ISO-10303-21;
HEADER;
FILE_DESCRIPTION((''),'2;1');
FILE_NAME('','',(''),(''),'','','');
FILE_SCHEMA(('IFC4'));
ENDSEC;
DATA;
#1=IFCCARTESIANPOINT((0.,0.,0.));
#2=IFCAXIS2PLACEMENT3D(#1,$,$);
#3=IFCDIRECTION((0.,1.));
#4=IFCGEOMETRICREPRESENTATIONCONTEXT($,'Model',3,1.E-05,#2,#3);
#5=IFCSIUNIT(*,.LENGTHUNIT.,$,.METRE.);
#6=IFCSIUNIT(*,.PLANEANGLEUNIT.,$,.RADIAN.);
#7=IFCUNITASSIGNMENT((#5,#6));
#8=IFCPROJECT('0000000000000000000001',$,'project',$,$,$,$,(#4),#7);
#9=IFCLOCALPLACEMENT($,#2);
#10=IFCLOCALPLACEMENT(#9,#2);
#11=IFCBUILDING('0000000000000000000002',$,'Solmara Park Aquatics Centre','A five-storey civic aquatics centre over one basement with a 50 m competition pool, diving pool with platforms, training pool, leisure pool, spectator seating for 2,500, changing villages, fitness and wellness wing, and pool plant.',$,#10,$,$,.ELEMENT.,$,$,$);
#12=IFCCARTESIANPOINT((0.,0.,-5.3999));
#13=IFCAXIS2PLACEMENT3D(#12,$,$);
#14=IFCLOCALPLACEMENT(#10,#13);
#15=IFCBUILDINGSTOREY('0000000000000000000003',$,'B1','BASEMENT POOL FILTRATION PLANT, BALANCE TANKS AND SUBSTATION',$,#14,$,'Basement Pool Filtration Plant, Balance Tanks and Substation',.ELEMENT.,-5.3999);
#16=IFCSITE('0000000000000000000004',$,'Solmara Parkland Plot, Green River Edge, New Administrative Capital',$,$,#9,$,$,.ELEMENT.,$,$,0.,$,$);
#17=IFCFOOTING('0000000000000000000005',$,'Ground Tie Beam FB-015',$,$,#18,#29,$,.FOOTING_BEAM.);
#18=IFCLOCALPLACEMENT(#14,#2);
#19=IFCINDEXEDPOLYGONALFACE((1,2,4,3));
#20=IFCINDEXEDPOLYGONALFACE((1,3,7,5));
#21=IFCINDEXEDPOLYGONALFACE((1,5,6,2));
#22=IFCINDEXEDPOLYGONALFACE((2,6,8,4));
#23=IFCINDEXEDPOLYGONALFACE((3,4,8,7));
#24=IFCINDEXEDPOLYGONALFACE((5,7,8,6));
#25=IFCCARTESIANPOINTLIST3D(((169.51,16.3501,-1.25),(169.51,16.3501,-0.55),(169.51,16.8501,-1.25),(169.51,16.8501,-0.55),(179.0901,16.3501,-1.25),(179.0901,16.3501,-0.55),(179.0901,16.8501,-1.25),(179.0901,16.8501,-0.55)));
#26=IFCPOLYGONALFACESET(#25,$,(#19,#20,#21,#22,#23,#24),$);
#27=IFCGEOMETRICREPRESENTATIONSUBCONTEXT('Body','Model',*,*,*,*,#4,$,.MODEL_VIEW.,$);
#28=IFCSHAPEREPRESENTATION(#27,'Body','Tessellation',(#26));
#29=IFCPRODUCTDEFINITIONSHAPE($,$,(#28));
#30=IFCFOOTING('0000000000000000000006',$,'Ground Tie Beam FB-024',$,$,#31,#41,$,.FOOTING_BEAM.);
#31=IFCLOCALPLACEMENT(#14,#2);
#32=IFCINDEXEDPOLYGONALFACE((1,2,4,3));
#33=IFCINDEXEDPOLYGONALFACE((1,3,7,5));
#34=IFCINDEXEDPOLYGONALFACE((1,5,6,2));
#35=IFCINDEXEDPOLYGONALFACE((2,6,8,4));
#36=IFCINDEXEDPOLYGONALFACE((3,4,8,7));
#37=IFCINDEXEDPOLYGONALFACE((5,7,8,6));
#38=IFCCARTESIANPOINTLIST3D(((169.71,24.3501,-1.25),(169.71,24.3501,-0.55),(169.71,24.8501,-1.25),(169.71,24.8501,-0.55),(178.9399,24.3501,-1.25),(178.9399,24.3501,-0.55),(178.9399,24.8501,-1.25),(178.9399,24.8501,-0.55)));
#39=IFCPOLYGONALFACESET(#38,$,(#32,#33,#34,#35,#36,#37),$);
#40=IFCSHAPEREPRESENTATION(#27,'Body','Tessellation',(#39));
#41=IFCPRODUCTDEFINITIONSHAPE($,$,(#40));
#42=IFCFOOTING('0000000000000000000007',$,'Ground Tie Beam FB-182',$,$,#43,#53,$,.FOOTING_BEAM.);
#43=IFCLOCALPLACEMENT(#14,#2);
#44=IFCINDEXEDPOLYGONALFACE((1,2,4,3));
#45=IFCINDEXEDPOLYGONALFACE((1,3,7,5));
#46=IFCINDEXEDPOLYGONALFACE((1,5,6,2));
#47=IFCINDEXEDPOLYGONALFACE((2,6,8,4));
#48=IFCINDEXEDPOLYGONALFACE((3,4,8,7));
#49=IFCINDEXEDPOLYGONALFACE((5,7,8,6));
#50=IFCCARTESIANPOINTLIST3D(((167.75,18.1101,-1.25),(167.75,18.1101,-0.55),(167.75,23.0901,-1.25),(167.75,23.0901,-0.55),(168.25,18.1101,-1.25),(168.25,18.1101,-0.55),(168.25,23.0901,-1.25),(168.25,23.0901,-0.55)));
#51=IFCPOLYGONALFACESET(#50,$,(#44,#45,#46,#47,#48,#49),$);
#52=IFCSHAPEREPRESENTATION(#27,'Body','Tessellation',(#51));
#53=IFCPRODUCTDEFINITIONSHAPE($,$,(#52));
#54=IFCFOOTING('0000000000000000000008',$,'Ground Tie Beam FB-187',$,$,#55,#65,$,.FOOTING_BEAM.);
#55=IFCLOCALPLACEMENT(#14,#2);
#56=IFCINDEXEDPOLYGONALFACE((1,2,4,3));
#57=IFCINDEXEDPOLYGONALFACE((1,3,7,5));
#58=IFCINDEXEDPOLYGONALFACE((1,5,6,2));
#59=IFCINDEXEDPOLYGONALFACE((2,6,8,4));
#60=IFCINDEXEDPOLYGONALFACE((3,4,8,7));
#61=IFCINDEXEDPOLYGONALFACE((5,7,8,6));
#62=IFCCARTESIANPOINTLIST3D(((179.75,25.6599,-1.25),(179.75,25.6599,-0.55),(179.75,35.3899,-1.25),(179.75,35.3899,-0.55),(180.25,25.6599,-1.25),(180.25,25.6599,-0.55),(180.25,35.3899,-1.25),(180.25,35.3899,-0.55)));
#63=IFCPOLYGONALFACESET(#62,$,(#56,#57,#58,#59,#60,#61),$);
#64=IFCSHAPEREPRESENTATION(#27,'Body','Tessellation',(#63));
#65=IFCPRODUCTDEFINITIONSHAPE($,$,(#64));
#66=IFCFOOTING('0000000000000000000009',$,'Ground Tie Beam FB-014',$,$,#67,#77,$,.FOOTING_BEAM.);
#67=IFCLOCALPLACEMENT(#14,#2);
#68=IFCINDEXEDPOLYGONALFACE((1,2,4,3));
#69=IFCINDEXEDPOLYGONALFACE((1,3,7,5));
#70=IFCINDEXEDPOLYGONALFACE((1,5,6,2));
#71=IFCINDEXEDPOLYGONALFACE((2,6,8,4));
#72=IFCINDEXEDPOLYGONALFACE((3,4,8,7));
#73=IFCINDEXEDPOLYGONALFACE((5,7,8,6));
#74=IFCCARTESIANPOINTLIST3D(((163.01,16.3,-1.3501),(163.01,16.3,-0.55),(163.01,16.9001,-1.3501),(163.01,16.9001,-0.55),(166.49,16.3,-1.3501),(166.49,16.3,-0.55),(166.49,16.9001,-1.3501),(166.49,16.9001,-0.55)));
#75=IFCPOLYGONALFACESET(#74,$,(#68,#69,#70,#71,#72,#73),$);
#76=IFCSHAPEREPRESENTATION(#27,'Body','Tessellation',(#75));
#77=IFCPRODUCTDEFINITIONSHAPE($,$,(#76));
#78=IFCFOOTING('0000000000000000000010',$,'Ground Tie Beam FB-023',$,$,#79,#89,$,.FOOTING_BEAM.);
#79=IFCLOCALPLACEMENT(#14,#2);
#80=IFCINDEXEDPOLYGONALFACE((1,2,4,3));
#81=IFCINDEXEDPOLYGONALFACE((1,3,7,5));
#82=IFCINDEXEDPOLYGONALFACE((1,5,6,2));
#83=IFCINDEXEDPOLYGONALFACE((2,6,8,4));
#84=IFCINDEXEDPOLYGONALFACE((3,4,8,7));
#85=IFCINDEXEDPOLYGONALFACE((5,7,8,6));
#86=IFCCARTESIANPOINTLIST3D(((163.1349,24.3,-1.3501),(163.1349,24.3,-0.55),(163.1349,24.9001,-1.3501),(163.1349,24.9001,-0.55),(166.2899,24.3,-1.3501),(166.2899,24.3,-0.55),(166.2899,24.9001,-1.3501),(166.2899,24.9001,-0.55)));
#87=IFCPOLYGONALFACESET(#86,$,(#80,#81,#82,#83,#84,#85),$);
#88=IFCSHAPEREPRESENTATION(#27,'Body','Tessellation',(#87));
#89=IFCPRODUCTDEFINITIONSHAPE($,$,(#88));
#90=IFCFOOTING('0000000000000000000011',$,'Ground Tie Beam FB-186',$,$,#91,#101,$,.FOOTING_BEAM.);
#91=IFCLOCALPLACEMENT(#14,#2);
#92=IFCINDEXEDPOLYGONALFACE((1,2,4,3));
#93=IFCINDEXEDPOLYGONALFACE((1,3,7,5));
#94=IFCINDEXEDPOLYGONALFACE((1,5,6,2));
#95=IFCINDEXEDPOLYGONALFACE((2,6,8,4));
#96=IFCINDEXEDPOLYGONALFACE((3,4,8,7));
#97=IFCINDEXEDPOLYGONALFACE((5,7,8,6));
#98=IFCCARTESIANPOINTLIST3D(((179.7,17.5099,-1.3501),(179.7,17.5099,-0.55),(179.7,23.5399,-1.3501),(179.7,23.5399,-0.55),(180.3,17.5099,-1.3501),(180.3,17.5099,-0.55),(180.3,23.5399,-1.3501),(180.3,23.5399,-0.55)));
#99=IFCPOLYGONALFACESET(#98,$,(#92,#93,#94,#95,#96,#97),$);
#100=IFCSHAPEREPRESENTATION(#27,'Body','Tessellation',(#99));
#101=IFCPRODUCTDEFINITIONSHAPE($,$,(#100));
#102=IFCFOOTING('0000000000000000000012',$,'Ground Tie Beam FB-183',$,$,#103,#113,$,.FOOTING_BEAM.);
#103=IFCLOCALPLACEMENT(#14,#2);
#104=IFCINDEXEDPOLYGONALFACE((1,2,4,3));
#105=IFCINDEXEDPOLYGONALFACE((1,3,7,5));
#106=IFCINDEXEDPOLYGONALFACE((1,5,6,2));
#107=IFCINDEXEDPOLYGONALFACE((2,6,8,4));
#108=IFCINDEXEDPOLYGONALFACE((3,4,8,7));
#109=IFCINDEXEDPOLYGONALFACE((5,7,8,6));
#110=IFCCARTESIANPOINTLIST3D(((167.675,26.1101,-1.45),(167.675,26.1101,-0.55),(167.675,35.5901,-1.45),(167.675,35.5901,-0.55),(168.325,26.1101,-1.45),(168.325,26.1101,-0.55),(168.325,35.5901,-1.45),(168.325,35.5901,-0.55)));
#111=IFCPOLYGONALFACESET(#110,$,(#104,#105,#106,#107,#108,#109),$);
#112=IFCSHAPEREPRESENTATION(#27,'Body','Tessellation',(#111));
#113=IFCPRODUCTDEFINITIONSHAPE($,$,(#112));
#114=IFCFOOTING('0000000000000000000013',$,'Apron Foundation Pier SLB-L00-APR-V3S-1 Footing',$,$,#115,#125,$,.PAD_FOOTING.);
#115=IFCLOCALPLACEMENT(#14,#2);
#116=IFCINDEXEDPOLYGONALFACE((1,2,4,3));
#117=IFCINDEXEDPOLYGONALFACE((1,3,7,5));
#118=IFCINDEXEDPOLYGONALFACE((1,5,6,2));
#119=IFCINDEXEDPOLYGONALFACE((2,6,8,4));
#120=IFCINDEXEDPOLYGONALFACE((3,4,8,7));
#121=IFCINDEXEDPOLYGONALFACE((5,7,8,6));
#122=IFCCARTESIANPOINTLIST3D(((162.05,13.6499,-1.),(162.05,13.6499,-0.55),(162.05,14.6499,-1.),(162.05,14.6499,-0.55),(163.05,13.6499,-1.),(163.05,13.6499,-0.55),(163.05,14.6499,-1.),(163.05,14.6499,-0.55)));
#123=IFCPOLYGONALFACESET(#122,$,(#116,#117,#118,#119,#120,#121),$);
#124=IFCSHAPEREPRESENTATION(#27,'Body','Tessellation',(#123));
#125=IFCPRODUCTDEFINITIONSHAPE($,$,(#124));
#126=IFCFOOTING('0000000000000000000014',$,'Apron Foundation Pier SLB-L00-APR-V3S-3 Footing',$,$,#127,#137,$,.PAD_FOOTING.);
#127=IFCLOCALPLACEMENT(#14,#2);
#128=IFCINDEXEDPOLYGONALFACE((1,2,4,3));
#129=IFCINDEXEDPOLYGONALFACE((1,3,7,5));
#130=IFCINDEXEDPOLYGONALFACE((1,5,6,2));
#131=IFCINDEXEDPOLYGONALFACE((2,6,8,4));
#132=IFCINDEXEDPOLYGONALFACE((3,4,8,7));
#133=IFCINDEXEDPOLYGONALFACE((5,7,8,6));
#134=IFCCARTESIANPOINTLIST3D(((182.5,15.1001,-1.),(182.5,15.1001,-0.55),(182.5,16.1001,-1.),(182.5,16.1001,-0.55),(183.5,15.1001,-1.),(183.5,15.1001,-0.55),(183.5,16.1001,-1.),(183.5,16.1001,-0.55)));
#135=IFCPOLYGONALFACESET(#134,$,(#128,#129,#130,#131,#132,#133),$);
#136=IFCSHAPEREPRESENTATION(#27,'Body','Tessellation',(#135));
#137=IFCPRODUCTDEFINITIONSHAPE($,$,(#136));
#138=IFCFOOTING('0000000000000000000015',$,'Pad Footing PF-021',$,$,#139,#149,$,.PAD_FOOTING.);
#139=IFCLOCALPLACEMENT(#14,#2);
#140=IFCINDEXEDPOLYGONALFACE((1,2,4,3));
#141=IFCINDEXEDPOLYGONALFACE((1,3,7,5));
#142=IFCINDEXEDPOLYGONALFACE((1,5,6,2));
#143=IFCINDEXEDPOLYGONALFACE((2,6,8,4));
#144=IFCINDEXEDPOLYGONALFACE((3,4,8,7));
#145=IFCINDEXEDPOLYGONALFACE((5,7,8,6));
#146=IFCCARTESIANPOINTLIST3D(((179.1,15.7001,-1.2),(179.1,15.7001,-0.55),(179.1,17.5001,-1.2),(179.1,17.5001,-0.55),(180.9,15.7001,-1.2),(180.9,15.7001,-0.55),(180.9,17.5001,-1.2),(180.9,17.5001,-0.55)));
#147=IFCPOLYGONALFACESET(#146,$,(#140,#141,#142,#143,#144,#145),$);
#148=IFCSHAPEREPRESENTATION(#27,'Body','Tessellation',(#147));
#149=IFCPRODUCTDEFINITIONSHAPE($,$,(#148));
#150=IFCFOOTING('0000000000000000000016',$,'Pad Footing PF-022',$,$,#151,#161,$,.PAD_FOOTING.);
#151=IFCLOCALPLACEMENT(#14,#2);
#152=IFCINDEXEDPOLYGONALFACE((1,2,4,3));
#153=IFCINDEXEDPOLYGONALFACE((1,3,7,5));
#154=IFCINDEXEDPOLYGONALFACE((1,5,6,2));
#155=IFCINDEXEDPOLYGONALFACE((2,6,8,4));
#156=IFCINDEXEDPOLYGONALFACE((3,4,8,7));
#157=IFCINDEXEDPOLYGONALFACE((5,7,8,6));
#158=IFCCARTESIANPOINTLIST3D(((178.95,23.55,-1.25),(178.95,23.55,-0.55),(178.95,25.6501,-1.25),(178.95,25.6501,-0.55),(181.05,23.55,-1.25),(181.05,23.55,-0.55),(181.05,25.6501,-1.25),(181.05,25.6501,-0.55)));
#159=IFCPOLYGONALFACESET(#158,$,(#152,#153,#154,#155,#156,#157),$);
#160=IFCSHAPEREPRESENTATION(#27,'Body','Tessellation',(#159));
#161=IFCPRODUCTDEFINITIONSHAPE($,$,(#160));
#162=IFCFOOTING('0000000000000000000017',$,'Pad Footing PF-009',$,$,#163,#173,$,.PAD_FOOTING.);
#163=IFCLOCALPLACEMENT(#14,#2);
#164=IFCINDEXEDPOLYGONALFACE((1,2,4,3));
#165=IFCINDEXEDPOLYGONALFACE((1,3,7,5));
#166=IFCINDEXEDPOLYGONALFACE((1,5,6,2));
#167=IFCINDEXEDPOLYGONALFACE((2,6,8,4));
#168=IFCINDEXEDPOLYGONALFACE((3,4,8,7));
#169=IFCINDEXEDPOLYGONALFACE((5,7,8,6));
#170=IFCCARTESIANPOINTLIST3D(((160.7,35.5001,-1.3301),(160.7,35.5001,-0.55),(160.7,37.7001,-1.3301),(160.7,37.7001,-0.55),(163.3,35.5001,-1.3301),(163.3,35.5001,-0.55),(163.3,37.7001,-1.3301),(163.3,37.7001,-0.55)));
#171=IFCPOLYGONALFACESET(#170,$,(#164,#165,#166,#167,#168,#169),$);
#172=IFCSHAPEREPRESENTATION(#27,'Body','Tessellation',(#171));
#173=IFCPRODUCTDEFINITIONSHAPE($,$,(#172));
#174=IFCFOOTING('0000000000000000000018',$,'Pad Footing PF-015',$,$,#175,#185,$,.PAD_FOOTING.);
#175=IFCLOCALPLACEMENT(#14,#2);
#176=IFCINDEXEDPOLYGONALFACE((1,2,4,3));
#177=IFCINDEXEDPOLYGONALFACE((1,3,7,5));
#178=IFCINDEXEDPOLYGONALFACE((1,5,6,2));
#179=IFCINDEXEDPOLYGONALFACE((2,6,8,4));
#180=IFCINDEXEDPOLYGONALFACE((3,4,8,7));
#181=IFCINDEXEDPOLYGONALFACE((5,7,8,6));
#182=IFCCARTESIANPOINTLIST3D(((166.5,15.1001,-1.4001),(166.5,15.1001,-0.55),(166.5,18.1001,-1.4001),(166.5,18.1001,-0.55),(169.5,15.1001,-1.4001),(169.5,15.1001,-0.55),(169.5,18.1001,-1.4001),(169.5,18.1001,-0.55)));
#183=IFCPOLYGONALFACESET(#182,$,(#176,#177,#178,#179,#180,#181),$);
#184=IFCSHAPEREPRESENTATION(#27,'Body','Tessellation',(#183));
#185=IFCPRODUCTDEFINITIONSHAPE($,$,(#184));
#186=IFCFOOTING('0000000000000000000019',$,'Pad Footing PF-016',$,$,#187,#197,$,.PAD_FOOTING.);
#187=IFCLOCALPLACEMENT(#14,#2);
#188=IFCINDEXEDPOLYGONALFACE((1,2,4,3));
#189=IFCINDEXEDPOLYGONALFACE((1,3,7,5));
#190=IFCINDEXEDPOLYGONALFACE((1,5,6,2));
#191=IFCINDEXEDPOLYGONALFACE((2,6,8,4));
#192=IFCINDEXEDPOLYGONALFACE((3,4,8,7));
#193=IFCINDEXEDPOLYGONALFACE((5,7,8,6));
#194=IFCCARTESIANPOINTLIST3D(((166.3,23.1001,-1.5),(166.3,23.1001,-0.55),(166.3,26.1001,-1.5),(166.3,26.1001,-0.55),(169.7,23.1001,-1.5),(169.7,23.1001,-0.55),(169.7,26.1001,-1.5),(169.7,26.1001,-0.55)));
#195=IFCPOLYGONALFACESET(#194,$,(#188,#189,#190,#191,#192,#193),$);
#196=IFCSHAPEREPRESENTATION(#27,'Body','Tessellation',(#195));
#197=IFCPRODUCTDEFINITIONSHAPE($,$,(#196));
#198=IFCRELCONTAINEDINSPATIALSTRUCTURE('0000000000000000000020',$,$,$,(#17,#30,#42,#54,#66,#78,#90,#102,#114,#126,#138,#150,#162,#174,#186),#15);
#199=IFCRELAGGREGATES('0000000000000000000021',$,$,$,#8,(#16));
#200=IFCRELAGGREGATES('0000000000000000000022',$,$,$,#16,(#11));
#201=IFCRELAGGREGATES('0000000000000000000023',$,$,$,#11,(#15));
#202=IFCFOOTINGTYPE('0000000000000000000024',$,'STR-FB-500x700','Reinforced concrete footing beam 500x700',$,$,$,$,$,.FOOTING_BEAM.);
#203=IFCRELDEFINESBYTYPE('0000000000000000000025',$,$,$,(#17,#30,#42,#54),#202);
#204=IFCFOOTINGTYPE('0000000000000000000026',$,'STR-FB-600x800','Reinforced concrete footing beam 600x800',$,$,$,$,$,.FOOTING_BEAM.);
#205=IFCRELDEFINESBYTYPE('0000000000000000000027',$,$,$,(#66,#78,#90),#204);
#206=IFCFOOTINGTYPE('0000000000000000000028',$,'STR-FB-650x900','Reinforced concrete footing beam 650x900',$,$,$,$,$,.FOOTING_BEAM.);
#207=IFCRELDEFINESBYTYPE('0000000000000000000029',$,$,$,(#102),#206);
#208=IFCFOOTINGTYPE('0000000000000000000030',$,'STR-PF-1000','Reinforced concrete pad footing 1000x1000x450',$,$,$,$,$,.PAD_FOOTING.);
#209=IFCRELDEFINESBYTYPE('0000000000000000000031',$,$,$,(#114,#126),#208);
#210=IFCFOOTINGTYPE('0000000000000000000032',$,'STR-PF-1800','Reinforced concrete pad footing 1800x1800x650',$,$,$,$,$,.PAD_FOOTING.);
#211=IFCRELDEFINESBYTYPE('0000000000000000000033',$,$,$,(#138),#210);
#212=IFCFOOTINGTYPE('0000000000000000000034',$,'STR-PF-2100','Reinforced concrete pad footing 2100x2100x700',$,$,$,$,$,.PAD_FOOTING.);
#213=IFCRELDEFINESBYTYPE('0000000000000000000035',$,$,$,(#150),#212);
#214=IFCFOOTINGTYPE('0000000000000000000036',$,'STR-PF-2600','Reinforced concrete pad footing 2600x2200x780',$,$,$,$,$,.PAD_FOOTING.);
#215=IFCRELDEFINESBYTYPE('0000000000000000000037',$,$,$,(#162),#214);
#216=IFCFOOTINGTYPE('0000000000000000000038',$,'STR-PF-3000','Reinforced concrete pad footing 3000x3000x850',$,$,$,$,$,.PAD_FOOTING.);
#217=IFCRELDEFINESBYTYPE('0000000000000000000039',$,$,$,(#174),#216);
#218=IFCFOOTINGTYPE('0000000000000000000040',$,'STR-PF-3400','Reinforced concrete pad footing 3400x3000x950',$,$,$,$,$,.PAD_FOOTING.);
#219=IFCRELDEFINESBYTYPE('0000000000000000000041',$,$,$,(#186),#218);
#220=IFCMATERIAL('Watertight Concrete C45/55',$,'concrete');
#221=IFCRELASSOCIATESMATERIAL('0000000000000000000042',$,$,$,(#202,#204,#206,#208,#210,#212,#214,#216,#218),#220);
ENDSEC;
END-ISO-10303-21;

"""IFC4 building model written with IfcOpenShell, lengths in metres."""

from ifc_helpers import new_model, si_unit, direction, frame, origin, origin_2d, place, context, subcontext, project, spatial, rectangle, extrude, material, type_object, element, save


model = new_model("IFC4")

# Units and contexts
model_context = context("Model", 3, precision=1e-05, world=origin(), true_north=direction((0.0, 1.0)))
body_context = subcontext(model_context, "Body", "Model", "MODEL_VIEW")
ifc_project = project(units=[si_unit("LENGTHUNIT", "METRE"), si_unit("PLANEANGLEUNIT", "RADIAN")], contexts=[model_context])

# Site, building, storey
site_placement = place(None, origin())
site = spatial("IfcSite", under=ifc_project, at=site_placement, Name="Solmara Parkland Plot, Green River Edge, New Administrative Capital", CompositionType="ELEMENT", RefElevation=0.0)
building_placement = place(site_placement, origin())
building = spatial("IfcBuilding", under=site, at=building_placement, Name="Solmara Park Aquatics Centre", Description="A five-storey civic aquatics centre over one basement with a 50 m competition pool, diving pool with platforms, training pool, leisure pool, spectator seating for 2,500, changing villages, fitness and wellness wing, and pool plant.", CompositionType="ELEMENT")
storey_placement = place(building_placement, frame((0.0, 0.0, -5.3999)))
storey = spatial("IfcBuildingStorey", under=building, at=storey_placement, Name="B1", Description="BASEMENT POOL FILTRATION PLANT, BALANCE TANKS AND SUBSTATION", LongName="Basement Pool Filtration Plant, Balance Tanks and Substation", CompositionType="ELEMENT", Elevation=-5.3999)

# Footings
ifc_material_1 = material(Name="Watertight Concrete C45/55", Category="concrete")
footing_type_1 = type_object("IfcFootingType", Name="STR-FB-500x700", Description="Reinforced concrete footing beam 500x700", PredefinedType="FOOTING_BEAM", material=ifc_material_1)
footing_1_placement = place(storey_placement, frame((174.3, 16.6001, -1.25), z_axis=(0.0, 0.0, 1.0), x_axis=(1.0, 0.0, 0.0)))
element("IfcFooting", 1, at=footing_1_placement, inside=storey, type_object=footing_type_1, Name="Ground Tie Beam FB-015", PredefinedType="FOOTING_BEAM", context=body_context, shape_type="SweptSolid", body=[
    extrude(rectangle(XDim=9.5801, YDim=0.5, at=origin_2d()), origin(), (0.0, 0.0, 1.0), 0.7),
])
footing_2_placement = place(storey_placement, frame((174.325, 24.6001, -1.25), z_axis=(0.0, 0.0, 1.0), x_axis=(1.0, 0.0, 0.0)))
element("IfcFooting", 2, at=footing_2_placement, inside=storey, type_object=footing_type_1, Name="Ground Tie Beam FB-024", PredefinedType="FOOTING_BEAM", context=body_context, shape_type="SweptSolid", body=[
    extrude(rectangle(XDim=9.23, YDim=0.5, at=origin_2d()), origin(), (0.0, 0.0, 1.0), 0.7),
])
footing_3_placement = place(storey_placement, frame((168.0, 20.6001, -1.25), z_axis=(0.0, 0.0, 1.0), x_axis=(1.0, 0.0, 0.0)))
element("IfcFooting", 3, at=footing_3_placement, inside=storey, type_object=footing_type_1, Name="Ground Tie Beam FB-182", PredefinedType="FOOTING_BEAM", context=body_context, shape_type="SweptSolid", body=[
    extrude(rectangle(XDim=0.5, YDim=4.98, at=origin_2d()), origin(), (0.0, 0.0, 1.0), 0.7),
])
footing_4_placement = place(storey_placement, frame((180.0, 30.5249, -1.25), z_axis=(0.0, 0.0, 1.0), x_axis=(1.0, 0.0, 0.0)))
element("IfcFooting", 4, at=footing_4_placement, inside=storey, type_object=footing_type_1, Name="Ground Tie Beam FB-187", PredefinedType="FOOTING_BEAM", context=body_context, shape_type="SweptSolid", body=[
    extrude(rectangle(XDim=0.5, YDim=9.73, at=origin_2d()), origin(), (0.0, 0.0, 1.0), 0.7),
])
footing_type_2 = type_object("IfcFootingType", Name="STR-FB-600x800", Description="Reinforced concrete footing beam 600x800", PredefinedType="FOOTING_BEAM", material=ifc_material_1)
footing_5_placement = place(storey_placement, frame((164.75, 16.6001, -1.3501), z_axis=(0.0, 0.0, 1.0), x_axis=(1.0, 0.0, 0.0)))
element("IfcFooting", 5, at=footing_5_placement, inside=storey, type_object=footing_type_2, Name="Ground Tie Beam FB-014", PredefinedType="FOOTING_BEAM", context=body_context, shape_type="SweptSolid", body=[
    extrude(rectangle(XDim=3.48, YDim=0.6001, at=origin_2d()), origin(), (0.0, 0.0, 1.0), 0.8),
])
footing_6_placement = place(storey_placement, frame((164.7124, 24.6001, -1.3501), z_axis=(0.0, 0.0, 1.0), x_axis=(1.0, 0.0, 0.0)))
element("IfcFooting", 6, at=footing_6_placement, inside=storey, type_object=footing_type_2, Name="Ground Tie Beam FB-023", PredefinedType="FOOTING_BEAM", context=body_context, shape_type="SweptSolid", body=[
    extrude(rectangle(XDim=3.155, YDim=0.6001, at=origin_2d()), origin(), (0.0, 0.0, 1.0), 0.8),
])
footing_7_placement = place(storey_placement, frame((180.0, 20.5249, -1.3501), z_axis=(0.0, 0.0, 1.0), x_axis=(1.0, 0.0, 0.0)))
element("IfcFooting", 7, at=footing_7_placement, inside=storey, type_object=footing_type_2, Name="Ground Tie Beam FB-186", PredefinedType="FOOTING_BEAM", context=body_context, shape_type="SweptSolid", body=[
    extrude(rectangle(XDim=0.6001, YDim=6.03, at=origin_2d()), origin(), (0.0, 0.0, 1.0), 0.8),
])
footing_type_3 = type_object("IfcFootingType", Name="STR-FB-650x900", Description="Reinforced concrete footing beam 650x900", PredefinedType="FOOTING_BEAM", material=ifc_material_1)
footing_8_placement = place(storey_placement, frame((168.0, 30.8501, -1.45), z_axis=(0.0, 0.0, 1.0), x_axis=(1.0, 0.0, 0.0)))
element("IfcFooting", 8, at=footing_8_placement, inside=storey, type_object=footing_type_3, Name="Ground Tie Beam FB-183", PredefinedType="FOOTING_BEAM", context=body_context, shape_type="SweptSolid", body=[
    extrude(rectangle(XDim=0.6499, YDim=9.48, at=origin_2d()), origin(), (0.0, 0.0, 1.0), 0.8999),
])
footing_type_4 = type_object("IfcFootingType", Name="STR-PF-1000", Description="Reinforced concrete pad footing 1000x1000x450", PredefinedType="PAD_FOOTING", material=ifc_material_1)
for number, where, z_axis, x_axis, name in (
    (9, (162.55, 14.1499, -1.0), (0.0, 0.0, 1.0), (1.0, 0.0, 0.0), "Apron Foundation Pier SLB-L00-APR-V3S-1 Footing"),
    (10, (183.0, 15.6001, -1.0), (0.0, 0.0, 1.0), (1.0, 0.0, 0.0), "Apron Foundation Pier SLB-L00-APR-V3S-3 Footing"),
):
    element("IfcFooting", number, at=place(storey_placement, frame(where, z_axis=z_axis, x_axis=x_axis)), inside=storey, type_object=footing_type_4, Name=name, PredefinedType="PAD_FOOTING", context=body_context, shape_type="SweptSolid", body=[
        extrude(rectangle(XDim=1.0, YDim=1.0, at=origin_2d()), origin(), (0.0, 0.0, 1.0), 0.45),
    ])
footing_type_5 = type_object("IfcFootingType", Name="STR-PF-1800", Description="Reinforced concrete pad footing 1800x1800x650", PredefinedType="PAD_FOOTING", material=ifc_material_1)
footing_9_placement = place(storey_placement, frame((180.0, 16.6001, -1.2), z_axis=(0.0, 0.0, 1.0), x_axis=(1.0, 0.0, 0.0)))
element("IfcFooting", 11, at=footing_9_placement, inside=storey, type_object=footing_type_5, Name="Pad Footing PF-021", PredefinedType="PAD_FOOTING", context=body_context, shape_type="SweptSolid", body=[
    extrude(rectangle(XDim=1.8, YDim=1.8, at=origin_2d()), origin(), (0.0, 0.0, 1.0), 0.6499),
])
footing_type_6 = type_object("IfcFootingType", Name="STR-PF-2100", Description="Reinforced concrete pad footing 2100x2100x700", PredefinedType="PAD_FOOTING", material=ifc_material_1)
footing_10_placement = place(storey_placement, frame((180.0, 24.6001, -1.25), z_axis=(0.0, 0.0, 1.0), x_axis=(1.0, 0.0, 0.0)))
element("IfcFooting", 12, at=footing_10_placement, inside=storey, type_object=footing_type_6, Name="Pad Footing PF-022", PredefinedType="PAD_FOOTING", context=body_context, shape_type="SweptSolid", body=[
    extrude(rectangle(XDim=2.1001, YDim=2.1001, at=origin_2d()), origin(), (0.0, 0.0, 1.0), 0.7),
])
footing_type_7 = type_object("IfcFootingType", Name="STR-PF-2600", Description="Reinforced concrete pad footing 2600x2200x780", PredefinedType="PAD_FOOTING", material=ifc_material_1)
footing_11_placement = place(storey_placement, frame((162.0, 36.6001, -1.3301), z_axis=(0.0, 0.0, 1.0), x_axis=(1.0, 0.0, 0.0)))
element("IfcFooting", 13, at=footing_11_placement, inside=storey, type_object=footing_type_7, Name="Pad Footing PF-009", PredefinedType="PAD_FOOTING", context=body_context, shape_type="SweptSolid", body=[
    extrude(rectangle(XDim=2.6001, YDim=2.2, at=origin_2d()), origin(), (0.0, 0.0, 1.0), 0.78),
])
footing_type_8 = type_object("IfcFootingType", Name="STR-PF-3000", Description="Reinforced concrete pad footing 3000x3000x850", PredefinedType="PAD_FOOTING", material=ifc_material_1)
footing_12_placement = place(storey_placement, frame((168.0, 16.6001, -1.4001), z_axis=(0.0, 0.0, 1.0), x_axis=(1.0, 0.0, 0.0)))
element("IfcFooting", 14, at=footing_12_placement, inside=storey, type_object=footing_type_8, Name="Pad Footing PF-015", PredefinedType="PAD_FOOTING", context=body_context, shape_type="SweptSolid", body=[
    extrude(rectangle(XDim=3.0, YDim=3.0, at=origin_2d()), origin(), (0.0, 0.0, 1.0), 0.8501),
])
footing_type_9 = type_object("IfcFootingType", Name="STR-PF-3400", Description="Reinforced concrete pad footing 3400x3000x950", PredefinedType="PAD_FOOTING", material=ifc_material_1)
footing_13_placement = place(storey_placement, frame((168.0, 24.6001, -1.5), z_axis=(0.0, 0.0, 1.0), x_axis=(1.0, 0.0, 0.0)))
element("IfcFooting", 15, at=footing_13_placement, inside=storey, type_object=footing_type_9, Name="Pad Footing PF-016", PredefinedType="PAD_FOOTING", context=body_context, shape_type="SweptSolid", body=[
    extrude(rectangle(XDim=3.3999, YDim=3.0, at=origin_2d()), origin(), (0.0, 0.0, 1.0), 0.95),
])

save(model, "model.ifc")
